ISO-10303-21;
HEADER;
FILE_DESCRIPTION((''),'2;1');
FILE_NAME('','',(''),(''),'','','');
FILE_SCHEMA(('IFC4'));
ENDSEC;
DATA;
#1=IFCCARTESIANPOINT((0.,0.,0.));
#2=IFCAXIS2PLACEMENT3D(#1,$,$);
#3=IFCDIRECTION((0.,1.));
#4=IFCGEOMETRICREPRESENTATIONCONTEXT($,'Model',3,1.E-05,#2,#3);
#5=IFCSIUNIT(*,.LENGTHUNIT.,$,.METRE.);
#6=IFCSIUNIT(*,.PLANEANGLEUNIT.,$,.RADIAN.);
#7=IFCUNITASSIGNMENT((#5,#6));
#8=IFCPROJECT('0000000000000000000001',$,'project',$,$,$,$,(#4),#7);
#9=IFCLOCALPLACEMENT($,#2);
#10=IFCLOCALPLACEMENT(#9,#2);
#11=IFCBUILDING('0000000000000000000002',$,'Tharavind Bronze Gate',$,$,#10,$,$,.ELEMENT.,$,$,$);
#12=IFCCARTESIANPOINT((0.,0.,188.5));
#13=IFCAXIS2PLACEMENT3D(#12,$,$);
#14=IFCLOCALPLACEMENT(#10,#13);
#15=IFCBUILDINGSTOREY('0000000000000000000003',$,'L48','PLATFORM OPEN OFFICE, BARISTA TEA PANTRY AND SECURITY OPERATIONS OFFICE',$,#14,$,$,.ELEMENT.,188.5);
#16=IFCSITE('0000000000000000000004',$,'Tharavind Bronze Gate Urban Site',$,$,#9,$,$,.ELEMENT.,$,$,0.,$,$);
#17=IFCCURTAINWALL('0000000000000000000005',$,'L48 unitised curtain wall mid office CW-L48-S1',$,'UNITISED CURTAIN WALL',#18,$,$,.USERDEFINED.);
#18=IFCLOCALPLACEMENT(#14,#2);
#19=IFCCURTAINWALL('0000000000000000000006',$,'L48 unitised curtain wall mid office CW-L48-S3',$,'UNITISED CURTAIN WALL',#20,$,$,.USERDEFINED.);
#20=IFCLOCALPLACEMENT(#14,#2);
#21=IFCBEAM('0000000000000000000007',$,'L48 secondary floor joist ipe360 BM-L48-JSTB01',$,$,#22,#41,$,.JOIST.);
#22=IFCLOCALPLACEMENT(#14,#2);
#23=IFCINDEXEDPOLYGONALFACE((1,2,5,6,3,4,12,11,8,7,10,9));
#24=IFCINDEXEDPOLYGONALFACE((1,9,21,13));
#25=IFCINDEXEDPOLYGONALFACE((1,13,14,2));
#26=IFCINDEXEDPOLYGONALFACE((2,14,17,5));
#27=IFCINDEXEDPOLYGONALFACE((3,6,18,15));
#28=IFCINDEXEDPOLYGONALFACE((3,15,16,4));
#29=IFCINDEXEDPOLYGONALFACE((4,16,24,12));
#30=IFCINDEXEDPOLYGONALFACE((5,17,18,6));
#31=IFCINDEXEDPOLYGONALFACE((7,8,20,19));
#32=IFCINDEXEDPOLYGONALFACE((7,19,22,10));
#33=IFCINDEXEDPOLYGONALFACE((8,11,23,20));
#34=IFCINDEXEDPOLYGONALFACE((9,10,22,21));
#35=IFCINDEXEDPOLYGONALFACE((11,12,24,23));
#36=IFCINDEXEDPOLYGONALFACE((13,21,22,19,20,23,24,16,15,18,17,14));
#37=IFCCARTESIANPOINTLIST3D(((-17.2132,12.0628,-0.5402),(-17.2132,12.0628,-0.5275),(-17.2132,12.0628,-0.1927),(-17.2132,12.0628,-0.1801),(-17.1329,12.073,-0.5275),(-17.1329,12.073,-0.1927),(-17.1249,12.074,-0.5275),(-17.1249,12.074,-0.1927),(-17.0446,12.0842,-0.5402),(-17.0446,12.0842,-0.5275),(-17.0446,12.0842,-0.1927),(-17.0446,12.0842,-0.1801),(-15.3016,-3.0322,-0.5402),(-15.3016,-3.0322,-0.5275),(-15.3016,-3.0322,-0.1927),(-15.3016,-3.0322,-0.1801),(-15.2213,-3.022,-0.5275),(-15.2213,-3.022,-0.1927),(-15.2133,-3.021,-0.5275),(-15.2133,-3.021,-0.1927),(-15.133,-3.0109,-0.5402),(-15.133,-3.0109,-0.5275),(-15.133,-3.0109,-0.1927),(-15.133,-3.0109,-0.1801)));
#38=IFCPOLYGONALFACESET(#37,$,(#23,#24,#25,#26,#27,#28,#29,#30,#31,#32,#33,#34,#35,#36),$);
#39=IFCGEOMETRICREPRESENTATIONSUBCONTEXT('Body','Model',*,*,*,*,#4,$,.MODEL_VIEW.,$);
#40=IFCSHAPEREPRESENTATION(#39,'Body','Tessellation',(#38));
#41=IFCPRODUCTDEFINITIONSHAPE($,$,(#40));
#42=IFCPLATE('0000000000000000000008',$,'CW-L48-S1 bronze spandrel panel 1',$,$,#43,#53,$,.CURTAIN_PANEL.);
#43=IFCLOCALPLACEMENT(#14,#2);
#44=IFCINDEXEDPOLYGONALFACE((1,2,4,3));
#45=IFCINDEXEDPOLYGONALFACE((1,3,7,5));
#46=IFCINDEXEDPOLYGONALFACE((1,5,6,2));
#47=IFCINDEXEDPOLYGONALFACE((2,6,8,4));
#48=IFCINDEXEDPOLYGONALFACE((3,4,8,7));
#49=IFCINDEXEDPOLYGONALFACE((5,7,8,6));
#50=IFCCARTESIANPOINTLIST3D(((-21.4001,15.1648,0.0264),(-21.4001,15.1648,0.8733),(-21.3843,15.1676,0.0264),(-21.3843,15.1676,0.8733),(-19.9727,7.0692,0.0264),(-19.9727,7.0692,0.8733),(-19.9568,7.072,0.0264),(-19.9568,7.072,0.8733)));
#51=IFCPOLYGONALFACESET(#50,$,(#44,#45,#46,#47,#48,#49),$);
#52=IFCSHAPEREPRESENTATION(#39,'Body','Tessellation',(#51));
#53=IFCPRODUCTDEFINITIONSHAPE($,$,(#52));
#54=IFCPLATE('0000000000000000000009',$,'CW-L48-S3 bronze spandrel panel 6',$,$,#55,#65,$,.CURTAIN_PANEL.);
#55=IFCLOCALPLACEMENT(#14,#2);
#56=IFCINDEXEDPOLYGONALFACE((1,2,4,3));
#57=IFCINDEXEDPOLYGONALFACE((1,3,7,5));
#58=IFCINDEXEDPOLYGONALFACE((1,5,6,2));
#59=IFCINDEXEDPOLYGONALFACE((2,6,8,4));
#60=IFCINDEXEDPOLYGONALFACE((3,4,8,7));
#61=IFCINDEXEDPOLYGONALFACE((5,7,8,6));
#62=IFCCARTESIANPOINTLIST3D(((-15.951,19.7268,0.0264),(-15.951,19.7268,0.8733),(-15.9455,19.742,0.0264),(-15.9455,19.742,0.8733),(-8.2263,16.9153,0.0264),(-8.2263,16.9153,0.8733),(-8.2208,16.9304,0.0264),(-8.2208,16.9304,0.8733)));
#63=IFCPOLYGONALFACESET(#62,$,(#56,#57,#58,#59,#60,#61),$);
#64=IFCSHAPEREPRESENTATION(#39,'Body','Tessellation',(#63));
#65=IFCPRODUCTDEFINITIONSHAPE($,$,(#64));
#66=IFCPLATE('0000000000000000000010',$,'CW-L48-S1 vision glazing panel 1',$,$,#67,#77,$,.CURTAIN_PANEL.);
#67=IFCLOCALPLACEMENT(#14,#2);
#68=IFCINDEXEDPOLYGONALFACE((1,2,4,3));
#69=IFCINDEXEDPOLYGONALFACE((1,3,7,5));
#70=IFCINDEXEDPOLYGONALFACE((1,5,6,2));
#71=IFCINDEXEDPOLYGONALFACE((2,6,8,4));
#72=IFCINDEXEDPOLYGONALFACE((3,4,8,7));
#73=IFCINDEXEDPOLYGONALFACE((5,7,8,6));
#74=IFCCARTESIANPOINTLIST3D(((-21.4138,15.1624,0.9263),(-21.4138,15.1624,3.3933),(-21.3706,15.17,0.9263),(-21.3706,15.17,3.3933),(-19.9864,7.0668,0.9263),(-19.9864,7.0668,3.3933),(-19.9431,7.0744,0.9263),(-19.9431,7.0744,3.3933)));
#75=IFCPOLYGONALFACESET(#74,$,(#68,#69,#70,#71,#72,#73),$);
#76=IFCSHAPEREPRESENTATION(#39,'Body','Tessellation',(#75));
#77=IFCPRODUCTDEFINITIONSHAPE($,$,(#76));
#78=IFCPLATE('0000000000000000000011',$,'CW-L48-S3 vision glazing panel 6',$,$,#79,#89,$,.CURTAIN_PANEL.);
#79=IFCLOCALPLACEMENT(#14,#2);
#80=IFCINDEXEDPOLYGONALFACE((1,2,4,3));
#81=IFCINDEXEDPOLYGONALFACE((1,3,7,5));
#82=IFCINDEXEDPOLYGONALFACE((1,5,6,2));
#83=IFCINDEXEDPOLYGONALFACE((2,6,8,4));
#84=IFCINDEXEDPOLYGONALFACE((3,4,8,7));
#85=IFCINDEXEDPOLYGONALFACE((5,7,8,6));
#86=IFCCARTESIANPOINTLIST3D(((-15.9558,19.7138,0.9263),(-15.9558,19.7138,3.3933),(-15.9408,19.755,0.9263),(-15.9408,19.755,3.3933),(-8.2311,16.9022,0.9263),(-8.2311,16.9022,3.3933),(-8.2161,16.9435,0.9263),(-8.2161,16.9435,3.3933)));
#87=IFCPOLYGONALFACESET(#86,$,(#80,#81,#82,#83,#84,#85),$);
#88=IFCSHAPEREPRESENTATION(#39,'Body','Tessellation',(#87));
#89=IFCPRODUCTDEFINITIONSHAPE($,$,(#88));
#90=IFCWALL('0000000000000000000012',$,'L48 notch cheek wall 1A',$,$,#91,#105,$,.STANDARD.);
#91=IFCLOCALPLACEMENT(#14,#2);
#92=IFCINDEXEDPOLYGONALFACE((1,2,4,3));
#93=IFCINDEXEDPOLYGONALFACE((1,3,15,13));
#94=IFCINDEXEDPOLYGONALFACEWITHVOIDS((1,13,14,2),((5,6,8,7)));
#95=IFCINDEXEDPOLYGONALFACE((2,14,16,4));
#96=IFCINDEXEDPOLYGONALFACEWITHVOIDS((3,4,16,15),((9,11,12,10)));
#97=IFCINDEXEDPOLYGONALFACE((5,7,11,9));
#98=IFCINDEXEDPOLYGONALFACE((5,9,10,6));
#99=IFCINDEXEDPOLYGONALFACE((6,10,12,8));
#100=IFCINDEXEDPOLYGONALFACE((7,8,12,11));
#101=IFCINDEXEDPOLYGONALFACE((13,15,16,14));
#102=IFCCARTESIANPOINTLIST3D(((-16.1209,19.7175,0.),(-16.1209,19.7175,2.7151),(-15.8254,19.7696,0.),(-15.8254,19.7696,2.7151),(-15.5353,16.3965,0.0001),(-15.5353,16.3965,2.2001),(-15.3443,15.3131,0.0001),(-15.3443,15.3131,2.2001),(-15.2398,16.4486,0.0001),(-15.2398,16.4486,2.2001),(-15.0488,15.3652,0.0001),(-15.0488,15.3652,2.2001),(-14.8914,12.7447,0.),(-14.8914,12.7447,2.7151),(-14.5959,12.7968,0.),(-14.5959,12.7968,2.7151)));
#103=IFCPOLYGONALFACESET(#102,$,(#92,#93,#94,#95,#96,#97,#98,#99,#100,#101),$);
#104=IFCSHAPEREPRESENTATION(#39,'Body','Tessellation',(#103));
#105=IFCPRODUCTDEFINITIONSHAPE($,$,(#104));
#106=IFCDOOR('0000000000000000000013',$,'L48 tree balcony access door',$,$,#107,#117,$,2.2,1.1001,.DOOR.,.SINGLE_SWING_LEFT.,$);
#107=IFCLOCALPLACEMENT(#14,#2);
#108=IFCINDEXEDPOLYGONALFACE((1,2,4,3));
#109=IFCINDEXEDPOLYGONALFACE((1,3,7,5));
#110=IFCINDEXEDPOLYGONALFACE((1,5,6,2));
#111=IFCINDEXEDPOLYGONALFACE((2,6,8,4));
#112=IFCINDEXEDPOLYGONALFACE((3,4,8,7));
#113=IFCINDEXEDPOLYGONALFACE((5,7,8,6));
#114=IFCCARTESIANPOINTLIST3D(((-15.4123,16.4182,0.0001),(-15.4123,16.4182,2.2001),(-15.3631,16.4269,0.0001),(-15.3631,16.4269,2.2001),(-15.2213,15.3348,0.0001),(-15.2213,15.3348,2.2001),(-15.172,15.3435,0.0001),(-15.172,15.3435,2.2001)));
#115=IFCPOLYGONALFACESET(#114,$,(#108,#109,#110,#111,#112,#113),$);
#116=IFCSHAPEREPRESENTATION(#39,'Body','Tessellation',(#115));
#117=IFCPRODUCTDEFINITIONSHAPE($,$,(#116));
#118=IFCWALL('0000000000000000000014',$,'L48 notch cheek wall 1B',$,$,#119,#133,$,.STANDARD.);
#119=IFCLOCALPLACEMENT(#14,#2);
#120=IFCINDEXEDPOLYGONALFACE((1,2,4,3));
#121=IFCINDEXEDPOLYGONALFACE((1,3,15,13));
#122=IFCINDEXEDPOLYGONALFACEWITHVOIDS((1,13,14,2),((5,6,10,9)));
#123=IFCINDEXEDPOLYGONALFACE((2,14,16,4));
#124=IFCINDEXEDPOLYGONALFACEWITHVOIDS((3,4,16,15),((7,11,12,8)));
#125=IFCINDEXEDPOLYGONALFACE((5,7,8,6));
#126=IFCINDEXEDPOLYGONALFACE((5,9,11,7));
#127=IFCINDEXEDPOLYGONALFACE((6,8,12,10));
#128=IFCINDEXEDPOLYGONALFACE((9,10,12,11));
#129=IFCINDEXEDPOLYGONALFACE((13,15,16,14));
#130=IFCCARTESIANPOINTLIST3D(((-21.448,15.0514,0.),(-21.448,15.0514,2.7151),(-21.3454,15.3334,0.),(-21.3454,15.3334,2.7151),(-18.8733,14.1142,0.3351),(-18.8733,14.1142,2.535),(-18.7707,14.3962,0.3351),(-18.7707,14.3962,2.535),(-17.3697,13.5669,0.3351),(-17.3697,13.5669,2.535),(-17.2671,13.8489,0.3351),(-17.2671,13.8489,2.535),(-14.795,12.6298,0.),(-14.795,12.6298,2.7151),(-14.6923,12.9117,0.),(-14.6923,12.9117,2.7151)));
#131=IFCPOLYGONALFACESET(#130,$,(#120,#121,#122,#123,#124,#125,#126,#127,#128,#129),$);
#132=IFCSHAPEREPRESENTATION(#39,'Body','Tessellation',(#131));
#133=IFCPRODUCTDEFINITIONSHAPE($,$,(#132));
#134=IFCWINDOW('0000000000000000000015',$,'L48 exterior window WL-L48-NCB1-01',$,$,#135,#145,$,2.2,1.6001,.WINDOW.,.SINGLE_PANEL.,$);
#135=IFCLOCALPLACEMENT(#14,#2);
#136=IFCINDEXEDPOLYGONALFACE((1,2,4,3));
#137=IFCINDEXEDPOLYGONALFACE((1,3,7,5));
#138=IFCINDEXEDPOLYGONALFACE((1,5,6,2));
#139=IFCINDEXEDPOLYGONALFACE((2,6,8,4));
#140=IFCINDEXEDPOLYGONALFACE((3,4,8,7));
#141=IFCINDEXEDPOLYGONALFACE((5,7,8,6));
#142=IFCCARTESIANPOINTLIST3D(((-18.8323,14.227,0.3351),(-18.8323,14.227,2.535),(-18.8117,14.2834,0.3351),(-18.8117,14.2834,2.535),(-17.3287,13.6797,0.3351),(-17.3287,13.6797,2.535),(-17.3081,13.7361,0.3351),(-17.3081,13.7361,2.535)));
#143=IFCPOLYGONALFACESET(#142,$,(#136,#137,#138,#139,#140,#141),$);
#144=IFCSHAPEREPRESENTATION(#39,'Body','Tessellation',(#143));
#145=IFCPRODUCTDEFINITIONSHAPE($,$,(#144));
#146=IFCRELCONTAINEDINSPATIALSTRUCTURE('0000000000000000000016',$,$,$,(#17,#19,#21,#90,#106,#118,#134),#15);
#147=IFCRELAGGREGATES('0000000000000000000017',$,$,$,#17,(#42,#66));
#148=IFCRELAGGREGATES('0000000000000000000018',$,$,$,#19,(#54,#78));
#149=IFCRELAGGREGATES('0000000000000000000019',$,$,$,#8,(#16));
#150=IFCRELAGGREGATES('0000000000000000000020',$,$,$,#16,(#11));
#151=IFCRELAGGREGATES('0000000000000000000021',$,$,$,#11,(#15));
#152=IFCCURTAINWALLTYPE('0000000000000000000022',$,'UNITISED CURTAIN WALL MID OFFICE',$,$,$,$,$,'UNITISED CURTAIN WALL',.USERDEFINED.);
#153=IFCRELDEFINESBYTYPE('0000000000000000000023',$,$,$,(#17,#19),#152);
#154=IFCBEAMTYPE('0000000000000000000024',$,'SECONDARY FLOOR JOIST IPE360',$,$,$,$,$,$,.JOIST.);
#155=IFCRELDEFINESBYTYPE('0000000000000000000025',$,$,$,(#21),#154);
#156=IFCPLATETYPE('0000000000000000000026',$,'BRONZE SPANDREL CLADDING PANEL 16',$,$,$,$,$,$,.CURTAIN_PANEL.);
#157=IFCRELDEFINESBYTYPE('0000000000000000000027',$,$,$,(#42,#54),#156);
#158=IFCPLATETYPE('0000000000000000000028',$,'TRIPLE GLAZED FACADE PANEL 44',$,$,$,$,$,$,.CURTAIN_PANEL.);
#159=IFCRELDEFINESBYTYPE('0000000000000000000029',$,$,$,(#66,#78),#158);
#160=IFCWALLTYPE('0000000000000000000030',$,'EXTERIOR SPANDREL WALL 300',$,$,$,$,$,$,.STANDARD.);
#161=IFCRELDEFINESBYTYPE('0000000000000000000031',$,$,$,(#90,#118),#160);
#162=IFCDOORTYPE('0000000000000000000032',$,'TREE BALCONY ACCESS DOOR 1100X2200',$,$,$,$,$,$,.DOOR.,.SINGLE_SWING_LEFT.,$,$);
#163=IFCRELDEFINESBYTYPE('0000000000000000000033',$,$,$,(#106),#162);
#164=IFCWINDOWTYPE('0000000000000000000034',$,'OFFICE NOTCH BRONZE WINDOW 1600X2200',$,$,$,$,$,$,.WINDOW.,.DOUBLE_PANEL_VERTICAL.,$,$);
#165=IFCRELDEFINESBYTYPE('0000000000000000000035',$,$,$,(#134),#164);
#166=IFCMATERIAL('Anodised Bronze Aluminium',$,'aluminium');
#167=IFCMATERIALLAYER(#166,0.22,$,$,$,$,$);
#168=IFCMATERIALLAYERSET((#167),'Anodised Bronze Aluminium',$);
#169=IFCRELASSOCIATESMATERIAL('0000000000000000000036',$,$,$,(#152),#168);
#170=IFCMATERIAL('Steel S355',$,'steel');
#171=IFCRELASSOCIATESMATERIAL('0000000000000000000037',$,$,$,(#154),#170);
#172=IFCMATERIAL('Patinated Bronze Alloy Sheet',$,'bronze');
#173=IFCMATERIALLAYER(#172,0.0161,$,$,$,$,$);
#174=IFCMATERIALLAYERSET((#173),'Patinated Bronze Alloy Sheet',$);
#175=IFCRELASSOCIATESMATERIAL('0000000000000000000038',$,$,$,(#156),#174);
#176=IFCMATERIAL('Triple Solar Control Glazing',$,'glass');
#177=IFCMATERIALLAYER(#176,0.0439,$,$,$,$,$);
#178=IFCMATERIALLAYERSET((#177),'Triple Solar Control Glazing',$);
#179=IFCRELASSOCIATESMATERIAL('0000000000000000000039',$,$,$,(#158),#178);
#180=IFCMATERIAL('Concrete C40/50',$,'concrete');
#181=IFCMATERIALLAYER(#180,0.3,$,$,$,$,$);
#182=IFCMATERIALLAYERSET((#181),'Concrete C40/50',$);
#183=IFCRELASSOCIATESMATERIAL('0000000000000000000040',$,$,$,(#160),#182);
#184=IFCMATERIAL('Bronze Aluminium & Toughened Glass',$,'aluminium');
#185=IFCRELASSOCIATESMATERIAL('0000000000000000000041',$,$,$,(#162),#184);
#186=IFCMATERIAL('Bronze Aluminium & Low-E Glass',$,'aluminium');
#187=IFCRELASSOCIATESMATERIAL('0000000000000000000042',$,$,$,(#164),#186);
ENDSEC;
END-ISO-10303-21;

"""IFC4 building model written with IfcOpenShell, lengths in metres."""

from ifc_helpers import new_model, si_unit, direction, frame, frame_2d, origin, origin_2d, place, context, subcontext, project, spatial, rectangle, i_section, extrude, material, layer, layer_set, material_profile, profile_set, type_object, element, fill, aggregate, save


model = new_model("IFC4")

# Units and contexts
model_context = context("Model", 3, precision=1e-05, world=origin(), true_north=direction((0.0, 1.0)))
body_context = subcontext(model_context, "Body", "Model", "MODEL_VIEW")
ifc_project = project(units=[si_unit("LENGTHUNIT", "METRE"), si_unit("PLANEANGLEUNIT", "RADIAN")], contexts=[model_context])

# Site, building, storey
site_placement = place(None, origin())
site = spatial("IfcSite", under=ifc_project, at=site_placement, Name="Tharavind Bronze Gate Urban Site", CompositionType="ELEMENT", RefElevation=0.0)
building_placement = place(site_placement, origin())
building = spatial("IfcBuilding", under=site, at=building_placement, Name="Tharavind Bronze Gate", CompositionType="ELEMENT")
storey_placement = place(building_placement, frame((0.0, 0.0, 188.5)))
storey = spatial("IfcBuildingStorey", under=building, at=storey_placement, Name="L48", Description="PLATFORM OPEN OFFICE, BARISTA TEA PANTRY AND SECURITY OPERATIONS OFFICE", CompositionType="ELEMENT", Elevation=188.5)

# Curtain wall
ifc_material_1 = material(Name="Anodised Bronze Aluminium", Category="aluminium")
ifc_layer_1 = layer(ifc_material_1, 0.22)
ifc_layer_set_1 = layer_set([ifc_layer_1], Name="Anodised Bronze Aluminium")
curtain_wall_type = type_object("IfcCurtainWallType", Name="UNITISED CURTAIN WALL MID OFFICE", ElementType="UNITISED CURTAIN WALL", PredefinedType="USERDEFINED", material=ifc_layer_set_1)
curtain_wall_1_placement = place(storey_placement, origin())
curtain_wall_1 = element("IfcCurtainWall", 1, at=curtain_wall_1_placement, inside=storey, type_object=curtain_wall_type, Name="L48 unitised curtain wall mid office CW-L48-S1", ObjectType="UNITISED CURTAIN WALL", PredefinedType="USERDEFINED")

# Curtain wall
curtain_wall_2_placement = place(storey_placement, origin())
curtain_wall_2 = element("IfcCurtainWall", 2, at=curtain_wall_2_placement, inside=storey, type_object=curtain_wall_type, Name="L48 unitised curtain wall mid office CW-L48-S3", ObjectType="UNITISED CURTAIN WALL", PredefinedType="USERDEFINED")

# Beam
ifc_material_2 = material(Name="Steel S355", Category="steel")
ifc_material_profile_1 = material_profile(ifc_material_2, i_section(OverallWidth=0.1699, OverallDepth=0.3601, WebThickness=0.0081, FlangeThickness=0.0127, at=origin_2d()), Name="IPE360")
ifc_profile_set_1 = profile_set([ifc_material_profile_1], Name="Steel S355")
beam_type_1 = type_object("IfcBeamType", Name="SECONDARY FLOOR JOIST IPE360", PredefinedType="JOIST", material=ifc_profile_set_1)
beam_1_placement = place(storey_placement, frame((-17.1289, 12.0735, -0.3601), z_axis=(0.125636, -0.992076, 0.0), x_axis=(0.992076, 0.125636, 0.0)))
element("IfcBeam", 3, at=beam_1_placement, inside=storey, type_object=beam_type_1, Name="L48 secondary floor joist ipe360 BM-L48-JSTB01", PredefinedType="JOIST", context=body_context, shape_type="SweptSolid", body=[
    extrude(i_section(OverallWidth=0.1699, OverallDepth=0.3601, WebThickness=0.0081, FlangeThickness=0.0127, at=origin_2d()), origin(), (0.0, 0.0, 1.0), 15.2156),
])

# Plates
ifc_material_3 = material(Name="Patinated Bronze Alloy Sheet", Category="bronze")
ifc_layer_2 = layer(ifc_material_3, 0.0161)
ifc_layer_set_2 = layer_set([ifc_layer_2], Name="Patinated Bronze Alloy Sheet")
plate_type_1 = type_object("IfcPlateType", Name="BRONZE SPANDREL CLADDING PANEL 16", PredefinedType="CURTAIN_PANEL", material=ifc_layer_set_2)
plate_1_placement = place(storey_placement, frame((-20.6785, 11.1184, 0.0264), z_axis=(0.0, 0.0, 1.0), x_axis=(0.173648, -0.984808, 0.0)))
plate_1 = element("IfcPlate", 4, at=plate_1_placement, type_object=plate_type_1, Name="CW-L48-S1 bronze spandrel panel 1", PredefinedType="CURTAIN_PANEL", context=body_context, shape_type="SweptSolid", body=[
    extrude(rectangle(XDim=8.2205, YDim=0.0161, at=origin_2d()), origin(), (0.0, 0.0, 1.0), 0.8469),
])
plate_2_placement = place(storey_placement, frame((-12.0859, 18.3286, 0.0264), z_axis=(0.0, 0.0, 1.0), x_axis=(-0.939692, 0.342022, 0.0)))
plate_2 = element("IfcPlate", 5, at=plate_2_placement, type_object=plate_type_1, Name="CW-L48-S3 bronze spandrel panel 6", PredefinedType="CURTAIN_PANEL", context=body_context, shape_type="SweptSolid", body=[
    extrude(rectangle(XDim=8.2205, YDim=0.0161, at=origin_2d()), origin(), (0.0, 0.0, 1.0), 0.8469),
])
ifc_material_4 = material(Name="Triple Solar Control Glazing", Category="glass")
ifc_layer_3 = layer(ifc_material_4, 0.0439)
ifc_layer_set_3 = layer_set([ifc_layer_3], Name="Triple Solar Control Glazing")
plate_type_2 = type_object("IfcPlateType", Name="TRIPLE GLAZED FACADE PANEL 44", PredefinedType="CURTAIN_PANEL", material=ifc_layer_set_3)
plate_3_placement = place(storey_placement, frame((-20.6785, 11.1184, 0.9263), z_axis=(0.0, 0.0, 1.0), x_axis=(0.173648, -0.984808, 0.0)))
plate_3 = element("IfcPlate", 6, at=plate_3_placement, type_object=plate_type_2, Name="CW-L48-S1 vision glazing panel 1", PredefinedType="CURTAIN_PANEL", context=body_context, shape_type="SweptSolid", body=[
    extrude(rectangle(XDim=8.2205, YDim=0.0439, at=origin_2d()), origin(), (0.0, 0.0, 1.0), 2.467),
])
aggregate(curtain_wall_1, [plate_1, plate_3])
plate_4_placement = place(storey_placement, frame((-12.0859, 18.3286, 0.9263), z_axis=(0.0, 0.0, 1.0), x_axis=(-0.939692, 0.342022, 0.0)))
plate_4 = element("IfcPlate", 7, at=plate_4_placement, type_object=plate_type_2, Name="CW-L48-S3 vision glazing panel 6", PredefinedType="CURTAIN_PANEL", context=body_context, shape_type="SweptSolid", body=[
    extrude(rectangle(XDim=8.2205, YDim=0.0439, at=origin_2d()), origin(), (0.0, 0.0, 1.0), 2.467),
])
aggregate(curtain_wall_2, [plate_2, plate_4])

# Wall, opening, door
ifc_material_5 = material(Name="Concrete C40/50", Category="concrete")
ifc_layer_4 = layer(ifc_material_5, 0.3)
ifc_layer_set_4 = layer_set([ifc_layer_4], Name="Concrete C40/50")
wall_type = type_object("IfcWallType", Name="EXTERIOR SPANDREL WALL 300", PredefinedType="STANDARD", material=ifc_layer_set_4)
wall_1_placement = place(storey_placement, frame((-15.9731, 19.7434, 0.0), z_axis=(0.0, 0.0, 1.0), x_axis=(0.173652, -0.984807, 0.0)))
wall_1 = element("IfcWall", 8, at=wall_1_placement, inside=storey, type_object=wall_type, Name="L48 notch cheek wall 1A", PredefinedType="STANDARD", context=body_context, shape_type="SweptSolid", body=[
    extrude(rectangle(XDim=7.0803, YDim=0.3, at=frame_2d((3.54, 0.0))), origin(), (0.0, 0.0, 1.0), 2.7151),
])
opening_1_placement = place(wall_1_placement, frame((3.3721, 0.0, 0.0)))
opening_1 = element("IfcOpeningElement", 9, at=opening_1_placement, cuts=wall_1, PredefinedType="OPENING", context=body_context, shape_type="SweptSolid", body=[
    extrude(rectangle(XDim=1.1001, YDim=2.2, at=frame_2d((0.55, 1.1001))), frame((0.0, 0.1599, 0.0), z_axis=(0.0, -1.0, 0.0), x_axis=(1.0, 0.0, 0.0)), (0.0, 0.0, 1.0), 0.32),
])
ifc_material_6 = material(Name="Bronze Aluminium & Toughened Glass", Category="aluminium")
door_type = type_object("IfcDoorType", Name="TREE BALCONY ACCESS DOOR 1100X2200", OperationType="SINGLE_SWING_LEFT", PredefinedType="DOOR", material=ifc_material_6)
door_placement = place(opening_1_placement, origin())
door = element("IfcDoor", 10, at=door_placement, inside=storey, type_object=door_type, Name="L48 tree balcony access door", OperationType="SINGLE_SWING_LEFT", OverallHeight=2.2, OverallWidth=1.1001, PredefinedType="DOOR", context=body_context, shape_type="SweptSolid", body=[
    extrude(rectangle(XDim=1.1001, YDim=2.2, at=frame_2d((0.55, 1.1001))), frame((0.0, 0.0249, 0.0), z_axis=(0.0, -1.0, 0.0), x_axis=(1.0, 0.0, 0.0)), (0.0, 0.0, 1.0), 0.05),
])
fill(opening_1, door)

# Wall, opening, window
wall_2_placement = place(storey_placement, frame((-14.7437, 12.7708, 0.0), z_axis=(0.0, 0.0, 1.0), x_axis=(-0.939688, 0.342034, 0.0)))
wall_2 = element("IfcWall", 11, at=wall_2_placement, inside=storey, type_object=wall_type, Name="L48 notch cheek wall 1B", PredefinedType="STANDARD", context=body_context, shape_type="SweptSolid", body=[
    extrude(rectangle(XDim=7.0801, YDim=0.3, at=frame_2d((3.54, 0.0))), origin(), (0.0, 0.0, 1.0), 2.7151),
])
opening_2_placement = place(wall_2_placement, frame((2.74, 0.0, 0.335)))
opening_2 = element("IfcOpeningElement", 12, at=opening_2_placement, cuts=wall_2, PredefinedType="OPENING", context=body_context, shape_type="SweptSolid", body=[
    extrude(rectangle(XDim=1.6001, YDim=2.2, at=frame_2d((0.8, 1.1001))), frame((0.0, 0.1599, 0.0), z_axis=(0.0, -1.0, 0.0), x_axis=(1.0, 0.0, 0.0)), (0.0, 0.0, 1.0), 0.32),
])
ifc_material_7 = material(Name="Bronze Aluminium & Low-E Glass", Category="aluminium")
window_type = type_object("IfcWindowType", Name="OFFICE NOTCH BRONZE WINDOW 1600X2200", PartitioningType="DOUBLE_PANEL_VERTICAL", PredefinedType="WINDOW", material=ifc_material_7)
window_placement = place(opening_2_placement, origin())
window = element("IfcWindow", 13, at=window_placement, inside=storey, type_object=window_type, Name="L48 exterior window WL-L48-NCB1-01", OverallHeight=2.2, OverallWidth=1.6001, PartitioningType="SINGLE_PANEL", PredefinedType="WINDOW", context=body_context, shape_type="SweptSolid", body=[
    extrude(rectangle(XDim=1.6001, YDim=2.2, at=frame_2d((0.8, 1.1001))), frame((0.0, 0.03, 0.0), z_axis=(0.0, -1.0, 0.0), x_axis=(1.0, 0.0, 0.0)), (0.0, 0.0, 1.0), 0.0601),
])
fill(opening_2, window)

save(model, "model.ifc")
